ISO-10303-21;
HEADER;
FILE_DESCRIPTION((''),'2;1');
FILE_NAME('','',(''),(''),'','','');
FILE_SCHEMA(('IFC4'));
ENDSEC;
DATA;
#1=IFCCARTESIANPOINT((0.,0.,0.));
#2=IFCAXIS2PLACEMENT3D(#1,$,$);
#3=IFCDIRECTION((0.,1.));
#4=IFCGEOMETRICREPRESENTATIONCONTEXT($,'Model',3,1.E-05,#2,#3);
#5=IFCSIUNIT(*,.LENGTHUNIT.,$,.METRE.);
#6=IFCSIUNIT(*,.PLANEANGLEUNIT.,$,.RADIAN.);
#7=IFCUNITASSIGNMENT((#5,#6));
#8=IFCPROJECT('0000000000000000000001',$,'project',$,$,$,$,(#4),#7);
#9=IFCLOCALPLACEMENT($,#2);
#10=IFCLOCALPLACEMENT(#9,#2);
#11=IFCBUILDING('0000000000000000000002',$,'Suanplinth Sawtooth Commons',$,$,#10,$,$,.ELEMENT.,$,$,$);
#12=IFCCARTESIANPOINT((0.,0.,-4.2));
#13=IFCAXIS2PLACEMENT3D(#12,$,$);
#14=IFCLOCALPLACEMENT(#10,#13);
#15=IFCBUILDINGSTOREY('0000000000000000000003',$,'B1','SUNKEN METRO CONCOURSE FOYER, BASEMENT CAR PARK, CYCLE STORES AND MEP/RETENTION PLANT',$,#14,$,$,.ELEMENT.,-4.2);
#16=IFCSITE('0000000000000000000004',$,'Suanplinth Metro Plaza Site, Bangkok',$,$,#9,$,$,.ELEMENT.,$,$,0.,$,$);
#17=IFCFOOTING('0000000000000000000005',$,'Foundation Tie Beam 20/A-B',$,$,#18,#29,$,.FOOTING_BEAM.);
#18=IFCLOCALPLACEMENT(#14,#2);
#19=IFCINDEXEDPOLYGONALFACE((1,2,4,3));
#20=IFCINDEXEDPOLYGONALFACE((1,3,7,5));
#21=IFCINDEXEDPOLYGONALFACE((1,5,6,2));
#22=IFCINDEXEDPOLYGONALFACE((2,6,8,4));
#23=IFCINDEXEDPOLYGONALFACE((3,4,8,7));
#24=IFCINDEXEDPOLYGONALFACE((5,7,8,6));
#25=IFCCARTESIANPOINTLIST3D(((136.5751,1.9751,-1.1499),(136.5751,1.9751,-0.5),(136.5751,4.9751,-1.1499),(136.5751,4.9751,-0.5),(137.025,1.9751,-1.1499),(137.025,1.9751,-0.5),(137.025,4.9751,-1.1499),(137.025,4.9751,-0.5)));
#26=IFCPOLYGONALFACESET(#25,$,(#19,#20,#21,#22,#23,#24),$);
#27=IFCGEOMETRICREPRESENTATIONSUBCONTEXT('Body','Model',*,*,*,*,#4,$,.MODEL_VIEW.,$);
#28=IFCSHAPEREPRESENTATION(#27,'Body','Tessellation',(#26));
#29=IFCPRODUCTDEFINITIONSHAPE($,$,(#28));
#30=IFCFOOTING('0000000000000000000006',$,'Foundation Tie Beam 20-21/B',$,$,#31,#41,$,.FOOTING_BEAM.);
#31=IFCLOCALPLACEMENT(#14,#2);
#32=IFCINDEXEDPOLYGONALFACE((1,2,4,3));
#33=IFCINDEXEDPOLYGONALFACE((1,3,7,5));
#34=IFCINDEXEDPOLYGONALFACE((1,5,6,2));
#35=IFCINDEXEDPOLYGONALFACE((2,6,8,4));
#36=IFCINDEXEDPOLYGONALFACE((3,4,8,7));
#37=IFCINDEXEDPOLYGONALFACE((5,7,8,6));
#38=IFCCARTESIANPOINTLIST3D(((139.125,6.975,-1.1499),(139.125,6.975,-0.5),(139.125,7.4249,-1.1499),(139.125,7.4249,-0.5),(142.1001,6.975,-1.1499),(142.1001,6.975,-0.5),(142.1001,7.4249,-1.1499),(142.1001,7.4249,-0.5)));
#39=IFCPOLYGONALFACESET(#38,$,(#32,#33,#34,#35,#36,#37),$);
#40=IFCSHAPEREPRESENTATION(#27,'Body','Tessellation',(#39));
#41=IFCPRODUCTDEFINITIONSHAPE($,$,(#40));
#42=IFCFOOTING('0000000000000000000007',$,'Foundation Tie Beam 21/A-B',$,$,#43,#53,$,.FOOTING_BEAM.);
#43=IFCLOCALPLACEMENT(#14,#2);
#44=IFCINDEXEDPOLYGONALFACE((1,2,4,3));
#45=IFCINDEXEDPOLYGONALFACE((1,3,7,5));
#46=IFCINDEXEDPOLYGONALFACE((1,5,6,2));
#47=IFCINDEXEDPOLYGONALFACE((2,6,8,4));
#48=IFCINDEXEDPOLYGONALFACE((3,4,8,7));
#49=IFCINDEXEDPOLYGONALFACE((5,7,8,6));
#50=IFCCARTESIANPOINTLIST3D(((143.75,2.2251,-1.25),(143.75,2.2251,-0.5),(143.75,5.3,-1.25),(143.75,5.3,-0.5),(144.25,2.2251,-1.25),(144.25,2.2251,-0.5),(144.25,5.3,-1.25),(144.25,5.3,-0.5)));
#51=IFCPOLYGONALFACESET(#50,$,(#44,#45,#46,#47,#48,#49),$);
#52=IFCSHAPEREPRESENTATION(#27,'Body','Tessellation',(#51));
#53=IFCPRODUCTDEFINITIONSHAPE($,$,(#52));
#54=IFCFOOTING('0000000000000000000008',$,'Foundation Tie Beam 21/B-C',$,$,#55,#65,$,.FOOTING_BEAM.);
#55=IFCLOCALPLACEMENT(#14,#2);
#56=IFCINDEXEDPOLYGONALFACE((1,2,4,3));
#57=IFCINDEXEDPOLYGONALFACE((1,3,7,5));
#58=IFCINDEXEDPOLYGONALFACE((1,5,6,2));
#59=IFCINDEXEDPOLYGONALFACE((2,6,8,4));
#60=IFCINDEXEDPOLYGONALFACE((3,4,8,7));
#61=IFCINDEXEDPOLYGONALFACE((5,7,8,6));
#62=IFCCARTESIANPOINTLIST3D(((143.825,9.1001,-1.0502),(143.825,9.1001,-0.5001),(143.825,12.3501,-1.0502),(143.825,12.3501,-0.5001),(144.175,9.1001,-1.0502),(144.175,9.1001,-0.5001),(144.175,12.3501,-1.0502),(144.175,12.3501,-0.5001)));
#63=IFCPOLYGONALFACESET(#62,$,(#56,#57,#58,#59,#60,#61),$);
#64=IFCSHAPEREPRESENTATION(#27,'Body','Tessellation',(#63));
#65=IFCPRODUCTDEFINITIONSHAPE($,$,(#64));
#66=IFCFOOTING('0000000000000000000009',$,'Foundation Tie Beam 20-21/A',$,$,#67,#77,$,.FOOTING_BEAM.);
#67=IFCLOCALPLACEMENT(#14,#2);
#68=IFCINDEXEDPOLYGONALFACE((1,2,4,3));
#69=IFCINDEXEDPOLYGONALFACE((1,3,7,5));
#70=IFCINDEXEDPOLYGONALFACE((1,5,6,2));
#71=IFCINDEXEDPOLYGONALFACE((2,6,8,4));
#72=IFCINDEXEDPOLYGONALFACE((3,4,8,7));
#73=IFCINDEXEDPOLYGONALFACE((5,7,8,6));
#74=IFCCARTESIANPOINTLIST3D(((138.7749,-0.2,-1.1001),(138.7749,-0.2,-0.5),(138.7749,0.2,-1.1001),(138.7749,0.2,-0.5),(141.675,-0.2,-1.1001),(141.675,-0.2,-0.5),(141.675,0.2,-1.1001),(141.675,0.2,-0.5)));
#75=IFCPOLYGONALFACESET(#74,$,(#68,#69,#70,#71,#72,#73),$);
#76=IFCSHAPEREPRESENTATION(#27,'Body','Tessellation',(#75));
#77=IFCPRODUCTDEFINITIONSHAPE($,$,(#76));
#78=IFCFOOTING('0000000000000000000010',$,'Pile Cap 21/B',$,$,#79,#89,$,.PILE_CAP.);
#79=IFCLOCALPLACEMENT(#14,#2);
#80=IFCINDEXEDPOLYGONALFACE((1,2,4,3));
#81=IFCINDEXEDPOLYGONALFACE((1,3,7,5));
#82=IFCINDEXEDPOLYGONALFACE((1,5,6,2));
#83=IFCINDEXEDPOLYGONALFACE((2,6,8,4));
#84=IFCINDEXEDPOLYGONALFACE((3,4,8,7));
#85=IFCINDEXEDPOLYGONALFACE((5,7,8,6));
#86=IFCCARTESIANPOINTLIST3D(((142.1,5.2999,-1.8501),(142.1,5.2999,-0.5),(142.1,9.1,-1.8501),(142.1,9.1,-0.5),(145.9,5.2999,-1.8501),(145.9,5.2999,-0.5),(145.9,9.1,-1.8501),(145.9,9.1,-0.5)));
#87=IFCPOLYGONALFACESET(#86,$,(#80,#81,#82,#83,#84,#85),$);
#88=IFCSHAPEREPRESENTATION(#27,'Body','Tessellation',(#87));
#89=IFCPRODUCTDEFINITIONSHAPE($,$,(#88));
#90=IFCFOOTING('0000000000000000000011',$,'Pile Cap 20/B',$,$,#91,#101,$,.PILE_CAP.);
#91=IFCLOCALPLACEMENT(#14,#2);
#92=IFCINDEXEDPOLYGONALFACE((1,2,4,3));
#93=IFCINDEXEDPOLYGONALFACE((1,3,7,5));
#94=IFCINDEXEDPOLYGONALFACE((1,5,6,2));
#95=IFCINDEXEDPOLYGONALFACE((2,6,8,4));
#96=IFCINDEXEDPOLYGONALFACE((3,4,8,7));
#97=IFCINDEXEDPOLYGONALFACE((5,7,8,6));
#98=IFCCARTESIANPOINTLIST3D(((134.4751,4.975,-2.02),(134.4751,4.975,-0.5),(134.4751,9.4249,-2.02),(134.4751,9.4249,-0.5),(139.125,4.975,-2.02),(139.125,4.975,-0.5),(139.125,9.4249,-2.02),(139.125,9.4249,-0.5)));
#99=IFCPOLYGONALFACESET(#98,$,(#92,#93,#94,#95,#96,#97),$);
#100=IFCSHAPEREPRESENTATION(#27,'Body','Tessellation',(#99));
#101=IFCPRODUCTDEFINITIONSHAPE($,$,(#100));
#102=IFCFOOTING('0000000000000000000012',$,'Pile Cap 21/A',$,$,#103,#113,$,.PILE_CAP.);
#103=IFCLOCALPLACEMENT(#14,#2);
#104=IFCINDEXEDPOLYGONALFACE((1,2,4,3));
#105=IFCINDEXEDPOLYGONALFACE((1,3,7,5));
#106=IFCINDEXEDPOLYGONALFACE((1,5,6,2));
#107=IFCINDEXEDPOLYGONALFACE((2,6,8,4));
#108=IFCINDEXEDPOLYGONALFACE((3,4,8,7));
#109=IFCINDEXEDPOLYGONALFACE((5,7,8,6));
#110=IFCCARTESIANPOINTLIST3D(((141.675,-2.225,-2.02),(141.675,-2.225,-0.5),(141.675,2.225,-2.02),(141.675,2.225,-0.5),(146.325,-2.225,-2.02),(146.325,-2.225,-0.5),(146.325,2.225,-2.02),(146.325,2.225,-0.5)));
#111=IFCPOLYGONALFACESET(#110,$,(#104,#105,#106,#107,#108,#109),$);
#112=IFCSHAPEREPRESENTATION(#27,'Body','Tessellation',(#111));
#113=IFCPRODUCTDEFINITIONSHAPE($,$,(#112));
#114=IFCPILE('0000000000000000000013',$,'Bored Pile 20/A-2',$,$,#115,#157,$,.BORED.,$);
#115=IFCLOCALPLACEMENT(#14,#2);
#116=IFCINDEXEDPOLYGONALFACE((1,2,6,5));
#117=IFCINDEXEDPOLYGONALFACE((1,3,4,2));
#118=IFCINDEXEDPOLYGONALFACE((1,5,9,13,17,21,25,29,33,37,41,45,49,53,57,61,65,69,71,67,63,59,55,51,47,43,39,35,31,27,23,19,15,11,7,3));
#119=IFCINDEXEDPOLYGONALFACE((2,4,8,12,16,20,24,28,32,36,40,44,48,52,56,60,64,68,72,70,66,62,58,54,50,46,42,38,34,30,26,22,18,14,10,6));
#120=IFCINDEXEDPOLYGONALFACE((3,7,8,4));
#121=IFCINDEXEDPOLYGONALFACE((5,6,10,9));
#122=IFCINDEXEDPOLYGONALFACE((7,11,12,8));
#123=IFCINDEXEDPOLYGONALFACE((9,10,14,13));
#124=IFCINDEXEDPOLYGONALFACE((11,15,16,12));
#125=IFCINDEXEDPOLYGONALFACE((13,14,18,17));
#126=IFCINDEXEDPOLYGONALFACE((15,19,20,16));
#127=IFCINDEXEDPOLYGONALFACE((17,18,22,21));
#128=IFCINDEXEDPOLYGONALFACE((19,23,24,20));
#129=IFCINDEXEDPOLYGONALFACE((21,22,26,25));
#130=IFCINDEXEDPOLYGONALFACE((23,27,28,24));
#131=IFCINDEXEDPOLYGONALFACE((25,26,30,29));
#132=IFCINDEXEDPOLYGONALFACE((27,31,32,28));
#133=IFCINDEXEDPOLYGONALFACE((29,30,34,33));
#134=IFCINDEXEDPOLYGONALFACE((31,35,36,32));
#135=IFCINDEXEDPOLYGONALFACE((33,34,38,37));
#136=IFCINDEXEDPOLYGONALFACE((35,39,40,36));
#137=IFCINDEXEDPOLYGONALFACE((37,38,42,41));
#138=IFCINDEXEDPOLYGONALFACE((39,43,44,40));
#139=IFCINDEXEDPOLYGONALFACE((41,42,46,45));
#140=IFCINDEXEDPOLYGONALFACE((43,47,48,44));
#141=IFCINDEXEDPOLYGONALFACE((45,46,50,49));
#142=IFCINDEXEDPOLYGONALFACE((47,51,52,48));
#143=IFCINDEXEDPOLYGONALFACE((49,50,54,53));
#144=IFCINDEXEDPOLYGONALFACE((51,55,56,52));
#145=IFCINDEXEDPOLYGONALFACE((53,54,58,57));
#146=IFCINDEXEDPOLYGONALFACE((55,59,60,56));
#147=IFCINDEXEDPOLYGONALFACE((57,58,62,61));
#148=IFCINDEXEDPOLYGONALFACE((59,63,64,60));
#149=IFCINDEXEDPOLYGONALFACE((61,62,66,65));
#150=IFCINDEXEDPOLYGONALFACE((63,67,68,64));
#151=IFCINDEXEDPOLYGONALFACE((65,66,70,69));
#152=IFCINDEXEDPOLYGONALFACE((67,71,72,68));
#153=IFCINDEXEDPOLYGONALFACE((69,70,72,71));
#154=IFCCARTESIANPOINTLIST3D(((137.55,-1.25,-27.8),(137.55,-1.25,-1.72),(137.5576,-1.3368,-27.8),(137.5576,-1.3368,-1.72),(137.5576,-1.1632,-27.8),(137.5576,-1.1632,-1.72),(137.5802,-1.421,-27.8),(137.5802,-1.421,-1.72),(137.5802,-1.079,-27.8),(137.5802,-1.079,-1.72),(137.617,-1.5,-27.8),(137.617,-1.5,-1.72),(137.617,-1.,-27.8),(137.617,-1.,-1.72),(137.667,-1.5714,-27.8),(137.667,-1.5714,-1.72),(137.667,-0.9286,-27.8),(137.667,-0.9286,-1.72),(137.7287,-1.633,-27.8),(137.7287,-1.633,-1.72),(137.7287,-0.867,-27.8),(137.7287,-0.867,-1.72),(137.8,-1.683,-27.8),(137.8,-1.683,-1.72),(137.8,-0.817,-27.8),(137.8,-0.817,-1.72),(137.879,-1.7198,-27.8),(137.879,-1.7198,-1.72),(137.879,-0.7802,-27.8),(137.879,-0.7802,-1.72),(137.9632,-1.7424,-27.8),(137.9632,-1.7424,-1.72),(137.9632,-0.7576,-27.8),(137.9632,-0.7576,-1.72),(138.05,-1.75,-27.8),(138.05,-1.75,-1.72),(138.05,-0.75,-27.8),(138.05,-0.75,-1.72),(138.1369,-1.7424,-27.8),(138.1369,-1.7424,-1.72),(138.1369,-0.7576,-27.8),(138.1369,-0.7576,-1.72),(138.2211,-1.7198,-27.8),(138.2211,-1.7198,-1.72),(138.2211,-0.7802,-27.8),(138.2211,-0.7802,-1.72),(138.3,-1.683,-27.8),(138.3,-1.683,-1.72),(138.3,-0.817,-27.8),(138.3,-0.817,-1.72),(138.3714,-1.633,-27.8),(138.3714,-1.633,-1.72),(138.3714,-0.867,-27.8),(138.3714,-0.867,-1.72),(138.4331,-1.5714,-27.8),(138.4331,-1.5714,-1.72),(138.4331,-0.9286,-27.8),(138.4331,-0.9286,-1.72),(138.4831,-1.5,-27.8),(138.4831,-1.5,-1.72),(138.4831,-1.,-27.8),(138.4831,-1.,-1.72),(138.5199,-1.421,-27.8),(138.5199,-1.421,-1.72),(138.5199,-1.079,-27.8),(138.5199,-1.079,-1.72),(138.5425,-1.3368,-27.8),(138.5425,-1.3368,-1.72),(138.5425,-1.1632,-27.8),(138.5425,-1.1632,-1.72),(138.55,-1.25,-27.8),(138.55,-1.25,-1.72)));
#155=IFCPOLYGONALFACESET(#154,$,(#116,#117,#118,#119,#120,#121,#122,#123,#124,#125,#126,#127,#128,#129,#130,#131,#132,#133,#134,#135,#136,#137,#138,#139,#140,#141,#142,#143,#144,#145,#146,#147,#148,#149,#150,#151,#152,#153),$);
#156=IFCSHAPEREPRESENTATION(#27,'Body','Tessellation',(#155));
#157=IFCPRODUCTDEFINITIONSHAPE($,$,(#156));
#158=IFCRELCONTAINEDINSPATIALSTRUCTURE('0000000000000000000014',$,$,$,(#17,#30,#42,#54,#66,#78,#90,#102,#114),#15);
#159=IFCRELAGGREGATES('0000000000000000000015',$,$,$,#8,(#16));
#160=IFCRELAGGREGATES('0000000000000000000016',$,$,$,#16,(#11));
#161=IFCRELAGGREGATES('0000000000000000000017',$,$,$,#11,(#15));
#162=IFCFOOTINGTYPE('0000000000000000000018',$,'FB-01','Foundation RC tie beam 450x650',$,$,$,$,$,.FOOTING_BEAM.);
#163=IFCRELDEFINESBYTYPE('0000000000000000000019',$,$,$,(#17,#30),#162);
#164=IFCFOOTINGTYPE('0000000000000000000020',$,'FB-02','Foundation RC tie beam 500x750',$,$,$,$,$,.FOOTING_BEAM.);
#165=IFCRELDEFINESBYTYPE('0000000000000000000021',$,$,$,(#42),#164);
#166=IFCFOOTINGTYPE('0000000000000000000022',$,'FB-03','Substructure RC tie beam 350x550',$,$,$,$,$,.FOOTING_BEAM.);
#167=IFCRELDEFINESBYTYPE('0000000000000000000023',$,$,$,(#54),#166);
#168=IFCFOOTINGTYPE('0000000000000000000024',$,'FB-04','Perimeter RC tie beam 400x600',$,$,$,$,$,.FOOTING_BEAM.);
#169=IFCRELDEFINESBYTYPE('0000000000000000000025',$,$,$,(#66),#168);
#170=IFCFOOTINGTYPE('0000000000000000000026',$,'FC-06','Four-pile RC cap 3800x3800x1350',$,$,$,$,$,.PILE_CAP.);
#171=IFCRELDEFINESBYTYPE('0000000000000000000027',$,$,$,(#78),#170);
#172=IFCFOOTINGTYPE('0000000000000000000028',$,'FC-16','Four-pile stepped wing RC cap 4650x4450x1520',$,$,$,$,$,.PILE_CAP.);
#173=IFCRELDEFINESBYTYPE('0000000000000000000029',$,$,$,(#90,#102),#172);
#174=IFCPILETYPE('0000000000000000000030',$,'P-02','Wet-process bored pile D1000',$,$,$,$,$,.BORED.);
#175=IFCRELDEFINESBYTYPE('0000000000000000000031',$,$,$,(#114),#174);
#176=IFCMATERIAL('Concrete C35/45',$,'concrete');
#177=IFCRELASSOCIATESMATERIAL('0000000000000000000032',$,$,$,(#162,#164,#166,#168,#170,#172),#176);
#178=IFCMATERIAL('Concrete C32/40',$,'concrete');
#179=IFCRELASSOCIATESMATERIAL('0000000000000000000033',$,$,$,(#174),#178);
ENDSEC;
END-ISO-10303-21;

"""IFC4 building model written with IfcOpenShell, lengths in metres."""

from ifc_helpers import new_model, si_unit, direction, frame, origin, origin_2d, place, context, subcontext, project, spatial, rectangle, circle, extrude, material, material_profile, profile_set, type_object, element, save


model = new_model("IFC4")

# Units and contexts
model_context = context("Model", 3, precision=1e-05, world=origin(), true_north=direction((0.0, 1.0)))
body_context = subcontext(model_context, "Body", "Model", "MODEL_VIEW")
ifc_project = project(units=[si_unit("LENGTHUNIT", "METRE"), si_unit("PLANEANGLEUNIT", "RADIAN")], contexts=[model_context])

# Site, building, storey
site_placement = place(None, origin())
site = spatial("IfcSite", under=ifc_project, at=site_placement, Name="Suanplinth Metro Plaza Site, Bangkok", CompositionType="ELEMENT", RefElevation=0.0)
building_placement = place(site_placement, origin())
building = spatial("IfcBuilding", under=site, at=building_placement, Name="Suanplinth Sawtooth Commons", CompositionType="ELEMENT")
storey_placement = place(building_placement, frame((0.0, 0.0, -4.2)))
storey = spatial("IfcBuildingStorey", under=building, at=storey_placement, Name="B1", Description="SUNKEN METRO CONCOURSE FOYER, BASEMENT CAR PARK, CYCLE STORES AND MEP/RETENTION PLANT", CompositionType="ELEMENT", Elevation=-4.2)

# Footings
ifc_material_1 = material(Name="Concrete C35/45", Category="concrete")
ifc_material_profile_1 = material_profile(ifc_material_1, rectangle(XDim=0.45, YDim=0.6499, at=origin_2d()), Name="PC-GDR 450x650")
ifc_profile_set_1 = profile_set([ifc_material_profile_1], Name="Concrete C35/45")
footing_type_1 = type_object("IfcFootingType", Name="FB-01", Description="Foundation RC tie beam 450x650", PredefinedType="FOOTING_BEAM", material=ifc_profile_set_1)
footing_1_placement = place(storey_placement, frame((136.8, 1.9751, -0.825), z_axis=(0.0, 1.0, 0.0), x_axis=(-1.0, 0.0, 0.0)))
element("IfcFooting", 1, at=footing_1_placement, inside=storey, type_object=footing_type_1, Name="Foundation Tie Beam 20/A-B", PredefinedType="FOOTING_BEAM", context=body_context, shape_type="SweptSolid", body=[
    extrude(rectangle(XDim=0.45, YDim=0.6499, at=origin_2d()), origin(), (0.0, 0.0, 1.0), 3.0),
])
footing_2_placement = place(storey_placement, frame((139.125, 7.2, -0.825), z_axis=(1.0, 0.0, 0.0), x_axis=(0.0, 1.0, 0.0)))
element("IfcFooting", 2, at=footing_2_placement, inside=storey, type_object=footing_type_1, Name="Foundation Tie Beam 20-21/B", PredefinedType="FOOTING_BEAM", context=body_context, shape_type="SweptSolid", body=[
    extrude(rectangle(XDim=0.45, YDim=0.6499, at=origin_2d()), origin(), (0.0, 0.0, 1.0), 2.9751),
])
ifc_material_profile_2 = material_profile(ifc_material_1, rectangle(XDim=0.5, YDim=0.75, at=origin_2d()), Name="RC-GDR 500x750")
ifc_profile_set_2 = profile_set([ifc_material_profile_2], Name="Concrete C35/45")
footing_type_2 = type_object("IfcFootingType", Name="FB-02", Description="Foundation RC tie beam 500x750", PredefinedType="FOOTING_BEAM", material=ifc_profile_set_2)
footing_3_placement = place(storey_placement, frame((144.0, 2.2251, -0.875), z_axis=(0.0, 1.0, 0.0), x_axis=(-1.0, 0.0, 0.0)))
element("IfcFooting", 3, at=footing_3_placement, inside=storey, type_object=footing_type_2, Name="Foundation Tie Beam 21/A-B", PredefinedType="FOOTING_BEAM", context=body_context, shape_type="SweptSolid", body=[
    extrude(rectangle(XDim=0.5, YDim=0.75, at=origin_2d()), origin(), (0.0, 0.0, 1.0), 3.075),
])
ifc_material_profile_3 = material_profile(ifc_material_1, rectangle(XDim=0.3501, YDim=0.55, at=origin_2d()), Name="PC-BM 350x550")
ifc_profile_set_3 = profile_set([ifc_material_profile_3], Name="Concrete C35/45")
footing_type_3 = type_object("IfcFootingType", Name="FB-03", Description="Substructure RC tie beam 350x550", PredefinedType="FOOTING_BEAM", material=ifc_profile_set_3)
footing_4_placement = place(storey_placement, frame((144.0, 9.1001, -0.7751), z_axis=(0.0, 1.0, 0.0), x_axis=(-1.0, 0.0, 0.0)))
element("IfcFooting", 4, at=footing_4_placement, inside=storey, type_object=footing_type_3, Name="Foundation Tie Beam 21/B-C", PredefinedType="FOOTING_BEAM", context=body_context, shape_type="SweptSolid", body=[
    extrude(rectangle(XDim=0.3501, YDim=0.55, at=origin_2d()), origin(), (0.0, 0.0, 1.0), 3.25),
])
ifc_material_profile_4 = material_profile(ifc_material_1, rectangle(XDim=0.3999, YDim=0.6001, at=origin_2d()), Name="PC-GDR 400x600")
ifc_profile_set_4 = profile_set([ifc_material_profile_4], Name="Concrete C35/45")
footing_type_4 = type_object("IfcFootingType", Name="FB-04", Description="Perimeter RC tie beam 400x600", PredefinedType="FOOTING_BEAM", material=ifc_profile_set_4)
footing_5_placement = place(storey_placement, frame((138.7749, 0.0, -0.8), z_axis=(1.0, 0.0, 0.0), x_axis=(0.0, 1.0, 0.0)))
element("IfcFooting", 5, at=footing_5_placement, inside=storey, type_object=footing_type_4, Name="Foundation Tie Beam 20-21/A", PredefinedType="FOOTING_BEAM", context=body_context, shape_type="SweptSolid", body=[
    extrude(rectangle(XDim=0.3999, YDim=0.6001, at=origin_2d()), origin(), (0.0, 0.0, 1.0), 2.9001),
])
footing_type_5 = type_object("IfcFootingType", Name="FC-06", Description="Four-pile RC cap 3800x3800x1350", PredefinedType="PILE_CAP", material=ifc_material_1)
footing_6_placement = place(storey_placement, frame((144.0, 7.2, -1.8501), z_axis=(0.0, 0.0, 1.0), x_axis=(1.0, 0.0, 0.0)))
element("IfcFooting", 6, at=footing_6_placement, inside=storey, type_object=footing_type_5, Name="Pile Cap 21/B", PredefinedType="PILE_CAP", context=body_context, shape_type="SweptSolid", body=[
    extrude(rectangle(XDim=3.8, YDim=3.8, at=origin_2d()), origin(), (0.0, 0.0, 1.0), 1.3501),
])
footing_type_6 = type_object("IfcFootingType", Name="FC-16", Description="Four-pile stepped wing RC cap 4650x4450x1520", PredefinedType="PILE_CAP", material=ifc_material_1)
for number, where, z_axis, x_axis, name in (
    (7, (136.8, 7.2, -2.02), (0.0, 0.0, 1.0), (1.0, 0.0, 0.0), "Pile Cap 20/B"),
    (8, (144.0, 0.0, -2.02), (0.0, 0.0, 1.0), (1.0, 0.0, 0.0), "Pile Cap 21/A"),
):
    element("IfcFooting", number, at=place(storey_placement, frame(where, z_axis=z_axis, x_axis=x_axis)), inside=storey, type_object=footing_type_6, Name=name, PredefinedType="PILE_CAP", context=body_context, shape_type="SweptSolid", body=[
        extrude(rectangle(XDim=4.6499, YDim=4.45, at=origin_2d()), origin(), (0.0, 0.0, 1.0), 1.52),
    ])

# Pile
ifc_material_2 = material(Name="Concrete C32/40", Category="concrete")
ifc_material_profile_5 = material_profile(ifc_material_2, circle(Radius=0.5, at=origin_2d()), Name="PILE D1000")
ifc_profile_set_5 = profile_set([ifc_material_profile_5], Name="Concrete C32/40")
pile_type = type_object("IfcPileType", Name="P-02", Description="Wet-process bored pile D1000", PredefinedType="BORED", material=ifc_profile_set_5)
for number, where, z_axis, x_axis, name in (
    (9, (138.05, -1.25, -1.72), (0.0, 0.0, -1.0), (1.0, 0.0, 0.0), "Bored Pile 20/A-2"),
):
    element("IfcPile", number, at=place(storey_placement, frame(where, z_axis=z_axis, x_axis=x_axis)), inside=storey, type_object=pile_type, Name=name, PredefinedType="BORED", context=body_context, shape_type="SweptSolid", body=[
        extrude(circle(Radius=0.5, at=origin_2d()), origin(), (0.0, 0.0, 1.0), 26.0801),
    ])

save(model, "model.ifc")
